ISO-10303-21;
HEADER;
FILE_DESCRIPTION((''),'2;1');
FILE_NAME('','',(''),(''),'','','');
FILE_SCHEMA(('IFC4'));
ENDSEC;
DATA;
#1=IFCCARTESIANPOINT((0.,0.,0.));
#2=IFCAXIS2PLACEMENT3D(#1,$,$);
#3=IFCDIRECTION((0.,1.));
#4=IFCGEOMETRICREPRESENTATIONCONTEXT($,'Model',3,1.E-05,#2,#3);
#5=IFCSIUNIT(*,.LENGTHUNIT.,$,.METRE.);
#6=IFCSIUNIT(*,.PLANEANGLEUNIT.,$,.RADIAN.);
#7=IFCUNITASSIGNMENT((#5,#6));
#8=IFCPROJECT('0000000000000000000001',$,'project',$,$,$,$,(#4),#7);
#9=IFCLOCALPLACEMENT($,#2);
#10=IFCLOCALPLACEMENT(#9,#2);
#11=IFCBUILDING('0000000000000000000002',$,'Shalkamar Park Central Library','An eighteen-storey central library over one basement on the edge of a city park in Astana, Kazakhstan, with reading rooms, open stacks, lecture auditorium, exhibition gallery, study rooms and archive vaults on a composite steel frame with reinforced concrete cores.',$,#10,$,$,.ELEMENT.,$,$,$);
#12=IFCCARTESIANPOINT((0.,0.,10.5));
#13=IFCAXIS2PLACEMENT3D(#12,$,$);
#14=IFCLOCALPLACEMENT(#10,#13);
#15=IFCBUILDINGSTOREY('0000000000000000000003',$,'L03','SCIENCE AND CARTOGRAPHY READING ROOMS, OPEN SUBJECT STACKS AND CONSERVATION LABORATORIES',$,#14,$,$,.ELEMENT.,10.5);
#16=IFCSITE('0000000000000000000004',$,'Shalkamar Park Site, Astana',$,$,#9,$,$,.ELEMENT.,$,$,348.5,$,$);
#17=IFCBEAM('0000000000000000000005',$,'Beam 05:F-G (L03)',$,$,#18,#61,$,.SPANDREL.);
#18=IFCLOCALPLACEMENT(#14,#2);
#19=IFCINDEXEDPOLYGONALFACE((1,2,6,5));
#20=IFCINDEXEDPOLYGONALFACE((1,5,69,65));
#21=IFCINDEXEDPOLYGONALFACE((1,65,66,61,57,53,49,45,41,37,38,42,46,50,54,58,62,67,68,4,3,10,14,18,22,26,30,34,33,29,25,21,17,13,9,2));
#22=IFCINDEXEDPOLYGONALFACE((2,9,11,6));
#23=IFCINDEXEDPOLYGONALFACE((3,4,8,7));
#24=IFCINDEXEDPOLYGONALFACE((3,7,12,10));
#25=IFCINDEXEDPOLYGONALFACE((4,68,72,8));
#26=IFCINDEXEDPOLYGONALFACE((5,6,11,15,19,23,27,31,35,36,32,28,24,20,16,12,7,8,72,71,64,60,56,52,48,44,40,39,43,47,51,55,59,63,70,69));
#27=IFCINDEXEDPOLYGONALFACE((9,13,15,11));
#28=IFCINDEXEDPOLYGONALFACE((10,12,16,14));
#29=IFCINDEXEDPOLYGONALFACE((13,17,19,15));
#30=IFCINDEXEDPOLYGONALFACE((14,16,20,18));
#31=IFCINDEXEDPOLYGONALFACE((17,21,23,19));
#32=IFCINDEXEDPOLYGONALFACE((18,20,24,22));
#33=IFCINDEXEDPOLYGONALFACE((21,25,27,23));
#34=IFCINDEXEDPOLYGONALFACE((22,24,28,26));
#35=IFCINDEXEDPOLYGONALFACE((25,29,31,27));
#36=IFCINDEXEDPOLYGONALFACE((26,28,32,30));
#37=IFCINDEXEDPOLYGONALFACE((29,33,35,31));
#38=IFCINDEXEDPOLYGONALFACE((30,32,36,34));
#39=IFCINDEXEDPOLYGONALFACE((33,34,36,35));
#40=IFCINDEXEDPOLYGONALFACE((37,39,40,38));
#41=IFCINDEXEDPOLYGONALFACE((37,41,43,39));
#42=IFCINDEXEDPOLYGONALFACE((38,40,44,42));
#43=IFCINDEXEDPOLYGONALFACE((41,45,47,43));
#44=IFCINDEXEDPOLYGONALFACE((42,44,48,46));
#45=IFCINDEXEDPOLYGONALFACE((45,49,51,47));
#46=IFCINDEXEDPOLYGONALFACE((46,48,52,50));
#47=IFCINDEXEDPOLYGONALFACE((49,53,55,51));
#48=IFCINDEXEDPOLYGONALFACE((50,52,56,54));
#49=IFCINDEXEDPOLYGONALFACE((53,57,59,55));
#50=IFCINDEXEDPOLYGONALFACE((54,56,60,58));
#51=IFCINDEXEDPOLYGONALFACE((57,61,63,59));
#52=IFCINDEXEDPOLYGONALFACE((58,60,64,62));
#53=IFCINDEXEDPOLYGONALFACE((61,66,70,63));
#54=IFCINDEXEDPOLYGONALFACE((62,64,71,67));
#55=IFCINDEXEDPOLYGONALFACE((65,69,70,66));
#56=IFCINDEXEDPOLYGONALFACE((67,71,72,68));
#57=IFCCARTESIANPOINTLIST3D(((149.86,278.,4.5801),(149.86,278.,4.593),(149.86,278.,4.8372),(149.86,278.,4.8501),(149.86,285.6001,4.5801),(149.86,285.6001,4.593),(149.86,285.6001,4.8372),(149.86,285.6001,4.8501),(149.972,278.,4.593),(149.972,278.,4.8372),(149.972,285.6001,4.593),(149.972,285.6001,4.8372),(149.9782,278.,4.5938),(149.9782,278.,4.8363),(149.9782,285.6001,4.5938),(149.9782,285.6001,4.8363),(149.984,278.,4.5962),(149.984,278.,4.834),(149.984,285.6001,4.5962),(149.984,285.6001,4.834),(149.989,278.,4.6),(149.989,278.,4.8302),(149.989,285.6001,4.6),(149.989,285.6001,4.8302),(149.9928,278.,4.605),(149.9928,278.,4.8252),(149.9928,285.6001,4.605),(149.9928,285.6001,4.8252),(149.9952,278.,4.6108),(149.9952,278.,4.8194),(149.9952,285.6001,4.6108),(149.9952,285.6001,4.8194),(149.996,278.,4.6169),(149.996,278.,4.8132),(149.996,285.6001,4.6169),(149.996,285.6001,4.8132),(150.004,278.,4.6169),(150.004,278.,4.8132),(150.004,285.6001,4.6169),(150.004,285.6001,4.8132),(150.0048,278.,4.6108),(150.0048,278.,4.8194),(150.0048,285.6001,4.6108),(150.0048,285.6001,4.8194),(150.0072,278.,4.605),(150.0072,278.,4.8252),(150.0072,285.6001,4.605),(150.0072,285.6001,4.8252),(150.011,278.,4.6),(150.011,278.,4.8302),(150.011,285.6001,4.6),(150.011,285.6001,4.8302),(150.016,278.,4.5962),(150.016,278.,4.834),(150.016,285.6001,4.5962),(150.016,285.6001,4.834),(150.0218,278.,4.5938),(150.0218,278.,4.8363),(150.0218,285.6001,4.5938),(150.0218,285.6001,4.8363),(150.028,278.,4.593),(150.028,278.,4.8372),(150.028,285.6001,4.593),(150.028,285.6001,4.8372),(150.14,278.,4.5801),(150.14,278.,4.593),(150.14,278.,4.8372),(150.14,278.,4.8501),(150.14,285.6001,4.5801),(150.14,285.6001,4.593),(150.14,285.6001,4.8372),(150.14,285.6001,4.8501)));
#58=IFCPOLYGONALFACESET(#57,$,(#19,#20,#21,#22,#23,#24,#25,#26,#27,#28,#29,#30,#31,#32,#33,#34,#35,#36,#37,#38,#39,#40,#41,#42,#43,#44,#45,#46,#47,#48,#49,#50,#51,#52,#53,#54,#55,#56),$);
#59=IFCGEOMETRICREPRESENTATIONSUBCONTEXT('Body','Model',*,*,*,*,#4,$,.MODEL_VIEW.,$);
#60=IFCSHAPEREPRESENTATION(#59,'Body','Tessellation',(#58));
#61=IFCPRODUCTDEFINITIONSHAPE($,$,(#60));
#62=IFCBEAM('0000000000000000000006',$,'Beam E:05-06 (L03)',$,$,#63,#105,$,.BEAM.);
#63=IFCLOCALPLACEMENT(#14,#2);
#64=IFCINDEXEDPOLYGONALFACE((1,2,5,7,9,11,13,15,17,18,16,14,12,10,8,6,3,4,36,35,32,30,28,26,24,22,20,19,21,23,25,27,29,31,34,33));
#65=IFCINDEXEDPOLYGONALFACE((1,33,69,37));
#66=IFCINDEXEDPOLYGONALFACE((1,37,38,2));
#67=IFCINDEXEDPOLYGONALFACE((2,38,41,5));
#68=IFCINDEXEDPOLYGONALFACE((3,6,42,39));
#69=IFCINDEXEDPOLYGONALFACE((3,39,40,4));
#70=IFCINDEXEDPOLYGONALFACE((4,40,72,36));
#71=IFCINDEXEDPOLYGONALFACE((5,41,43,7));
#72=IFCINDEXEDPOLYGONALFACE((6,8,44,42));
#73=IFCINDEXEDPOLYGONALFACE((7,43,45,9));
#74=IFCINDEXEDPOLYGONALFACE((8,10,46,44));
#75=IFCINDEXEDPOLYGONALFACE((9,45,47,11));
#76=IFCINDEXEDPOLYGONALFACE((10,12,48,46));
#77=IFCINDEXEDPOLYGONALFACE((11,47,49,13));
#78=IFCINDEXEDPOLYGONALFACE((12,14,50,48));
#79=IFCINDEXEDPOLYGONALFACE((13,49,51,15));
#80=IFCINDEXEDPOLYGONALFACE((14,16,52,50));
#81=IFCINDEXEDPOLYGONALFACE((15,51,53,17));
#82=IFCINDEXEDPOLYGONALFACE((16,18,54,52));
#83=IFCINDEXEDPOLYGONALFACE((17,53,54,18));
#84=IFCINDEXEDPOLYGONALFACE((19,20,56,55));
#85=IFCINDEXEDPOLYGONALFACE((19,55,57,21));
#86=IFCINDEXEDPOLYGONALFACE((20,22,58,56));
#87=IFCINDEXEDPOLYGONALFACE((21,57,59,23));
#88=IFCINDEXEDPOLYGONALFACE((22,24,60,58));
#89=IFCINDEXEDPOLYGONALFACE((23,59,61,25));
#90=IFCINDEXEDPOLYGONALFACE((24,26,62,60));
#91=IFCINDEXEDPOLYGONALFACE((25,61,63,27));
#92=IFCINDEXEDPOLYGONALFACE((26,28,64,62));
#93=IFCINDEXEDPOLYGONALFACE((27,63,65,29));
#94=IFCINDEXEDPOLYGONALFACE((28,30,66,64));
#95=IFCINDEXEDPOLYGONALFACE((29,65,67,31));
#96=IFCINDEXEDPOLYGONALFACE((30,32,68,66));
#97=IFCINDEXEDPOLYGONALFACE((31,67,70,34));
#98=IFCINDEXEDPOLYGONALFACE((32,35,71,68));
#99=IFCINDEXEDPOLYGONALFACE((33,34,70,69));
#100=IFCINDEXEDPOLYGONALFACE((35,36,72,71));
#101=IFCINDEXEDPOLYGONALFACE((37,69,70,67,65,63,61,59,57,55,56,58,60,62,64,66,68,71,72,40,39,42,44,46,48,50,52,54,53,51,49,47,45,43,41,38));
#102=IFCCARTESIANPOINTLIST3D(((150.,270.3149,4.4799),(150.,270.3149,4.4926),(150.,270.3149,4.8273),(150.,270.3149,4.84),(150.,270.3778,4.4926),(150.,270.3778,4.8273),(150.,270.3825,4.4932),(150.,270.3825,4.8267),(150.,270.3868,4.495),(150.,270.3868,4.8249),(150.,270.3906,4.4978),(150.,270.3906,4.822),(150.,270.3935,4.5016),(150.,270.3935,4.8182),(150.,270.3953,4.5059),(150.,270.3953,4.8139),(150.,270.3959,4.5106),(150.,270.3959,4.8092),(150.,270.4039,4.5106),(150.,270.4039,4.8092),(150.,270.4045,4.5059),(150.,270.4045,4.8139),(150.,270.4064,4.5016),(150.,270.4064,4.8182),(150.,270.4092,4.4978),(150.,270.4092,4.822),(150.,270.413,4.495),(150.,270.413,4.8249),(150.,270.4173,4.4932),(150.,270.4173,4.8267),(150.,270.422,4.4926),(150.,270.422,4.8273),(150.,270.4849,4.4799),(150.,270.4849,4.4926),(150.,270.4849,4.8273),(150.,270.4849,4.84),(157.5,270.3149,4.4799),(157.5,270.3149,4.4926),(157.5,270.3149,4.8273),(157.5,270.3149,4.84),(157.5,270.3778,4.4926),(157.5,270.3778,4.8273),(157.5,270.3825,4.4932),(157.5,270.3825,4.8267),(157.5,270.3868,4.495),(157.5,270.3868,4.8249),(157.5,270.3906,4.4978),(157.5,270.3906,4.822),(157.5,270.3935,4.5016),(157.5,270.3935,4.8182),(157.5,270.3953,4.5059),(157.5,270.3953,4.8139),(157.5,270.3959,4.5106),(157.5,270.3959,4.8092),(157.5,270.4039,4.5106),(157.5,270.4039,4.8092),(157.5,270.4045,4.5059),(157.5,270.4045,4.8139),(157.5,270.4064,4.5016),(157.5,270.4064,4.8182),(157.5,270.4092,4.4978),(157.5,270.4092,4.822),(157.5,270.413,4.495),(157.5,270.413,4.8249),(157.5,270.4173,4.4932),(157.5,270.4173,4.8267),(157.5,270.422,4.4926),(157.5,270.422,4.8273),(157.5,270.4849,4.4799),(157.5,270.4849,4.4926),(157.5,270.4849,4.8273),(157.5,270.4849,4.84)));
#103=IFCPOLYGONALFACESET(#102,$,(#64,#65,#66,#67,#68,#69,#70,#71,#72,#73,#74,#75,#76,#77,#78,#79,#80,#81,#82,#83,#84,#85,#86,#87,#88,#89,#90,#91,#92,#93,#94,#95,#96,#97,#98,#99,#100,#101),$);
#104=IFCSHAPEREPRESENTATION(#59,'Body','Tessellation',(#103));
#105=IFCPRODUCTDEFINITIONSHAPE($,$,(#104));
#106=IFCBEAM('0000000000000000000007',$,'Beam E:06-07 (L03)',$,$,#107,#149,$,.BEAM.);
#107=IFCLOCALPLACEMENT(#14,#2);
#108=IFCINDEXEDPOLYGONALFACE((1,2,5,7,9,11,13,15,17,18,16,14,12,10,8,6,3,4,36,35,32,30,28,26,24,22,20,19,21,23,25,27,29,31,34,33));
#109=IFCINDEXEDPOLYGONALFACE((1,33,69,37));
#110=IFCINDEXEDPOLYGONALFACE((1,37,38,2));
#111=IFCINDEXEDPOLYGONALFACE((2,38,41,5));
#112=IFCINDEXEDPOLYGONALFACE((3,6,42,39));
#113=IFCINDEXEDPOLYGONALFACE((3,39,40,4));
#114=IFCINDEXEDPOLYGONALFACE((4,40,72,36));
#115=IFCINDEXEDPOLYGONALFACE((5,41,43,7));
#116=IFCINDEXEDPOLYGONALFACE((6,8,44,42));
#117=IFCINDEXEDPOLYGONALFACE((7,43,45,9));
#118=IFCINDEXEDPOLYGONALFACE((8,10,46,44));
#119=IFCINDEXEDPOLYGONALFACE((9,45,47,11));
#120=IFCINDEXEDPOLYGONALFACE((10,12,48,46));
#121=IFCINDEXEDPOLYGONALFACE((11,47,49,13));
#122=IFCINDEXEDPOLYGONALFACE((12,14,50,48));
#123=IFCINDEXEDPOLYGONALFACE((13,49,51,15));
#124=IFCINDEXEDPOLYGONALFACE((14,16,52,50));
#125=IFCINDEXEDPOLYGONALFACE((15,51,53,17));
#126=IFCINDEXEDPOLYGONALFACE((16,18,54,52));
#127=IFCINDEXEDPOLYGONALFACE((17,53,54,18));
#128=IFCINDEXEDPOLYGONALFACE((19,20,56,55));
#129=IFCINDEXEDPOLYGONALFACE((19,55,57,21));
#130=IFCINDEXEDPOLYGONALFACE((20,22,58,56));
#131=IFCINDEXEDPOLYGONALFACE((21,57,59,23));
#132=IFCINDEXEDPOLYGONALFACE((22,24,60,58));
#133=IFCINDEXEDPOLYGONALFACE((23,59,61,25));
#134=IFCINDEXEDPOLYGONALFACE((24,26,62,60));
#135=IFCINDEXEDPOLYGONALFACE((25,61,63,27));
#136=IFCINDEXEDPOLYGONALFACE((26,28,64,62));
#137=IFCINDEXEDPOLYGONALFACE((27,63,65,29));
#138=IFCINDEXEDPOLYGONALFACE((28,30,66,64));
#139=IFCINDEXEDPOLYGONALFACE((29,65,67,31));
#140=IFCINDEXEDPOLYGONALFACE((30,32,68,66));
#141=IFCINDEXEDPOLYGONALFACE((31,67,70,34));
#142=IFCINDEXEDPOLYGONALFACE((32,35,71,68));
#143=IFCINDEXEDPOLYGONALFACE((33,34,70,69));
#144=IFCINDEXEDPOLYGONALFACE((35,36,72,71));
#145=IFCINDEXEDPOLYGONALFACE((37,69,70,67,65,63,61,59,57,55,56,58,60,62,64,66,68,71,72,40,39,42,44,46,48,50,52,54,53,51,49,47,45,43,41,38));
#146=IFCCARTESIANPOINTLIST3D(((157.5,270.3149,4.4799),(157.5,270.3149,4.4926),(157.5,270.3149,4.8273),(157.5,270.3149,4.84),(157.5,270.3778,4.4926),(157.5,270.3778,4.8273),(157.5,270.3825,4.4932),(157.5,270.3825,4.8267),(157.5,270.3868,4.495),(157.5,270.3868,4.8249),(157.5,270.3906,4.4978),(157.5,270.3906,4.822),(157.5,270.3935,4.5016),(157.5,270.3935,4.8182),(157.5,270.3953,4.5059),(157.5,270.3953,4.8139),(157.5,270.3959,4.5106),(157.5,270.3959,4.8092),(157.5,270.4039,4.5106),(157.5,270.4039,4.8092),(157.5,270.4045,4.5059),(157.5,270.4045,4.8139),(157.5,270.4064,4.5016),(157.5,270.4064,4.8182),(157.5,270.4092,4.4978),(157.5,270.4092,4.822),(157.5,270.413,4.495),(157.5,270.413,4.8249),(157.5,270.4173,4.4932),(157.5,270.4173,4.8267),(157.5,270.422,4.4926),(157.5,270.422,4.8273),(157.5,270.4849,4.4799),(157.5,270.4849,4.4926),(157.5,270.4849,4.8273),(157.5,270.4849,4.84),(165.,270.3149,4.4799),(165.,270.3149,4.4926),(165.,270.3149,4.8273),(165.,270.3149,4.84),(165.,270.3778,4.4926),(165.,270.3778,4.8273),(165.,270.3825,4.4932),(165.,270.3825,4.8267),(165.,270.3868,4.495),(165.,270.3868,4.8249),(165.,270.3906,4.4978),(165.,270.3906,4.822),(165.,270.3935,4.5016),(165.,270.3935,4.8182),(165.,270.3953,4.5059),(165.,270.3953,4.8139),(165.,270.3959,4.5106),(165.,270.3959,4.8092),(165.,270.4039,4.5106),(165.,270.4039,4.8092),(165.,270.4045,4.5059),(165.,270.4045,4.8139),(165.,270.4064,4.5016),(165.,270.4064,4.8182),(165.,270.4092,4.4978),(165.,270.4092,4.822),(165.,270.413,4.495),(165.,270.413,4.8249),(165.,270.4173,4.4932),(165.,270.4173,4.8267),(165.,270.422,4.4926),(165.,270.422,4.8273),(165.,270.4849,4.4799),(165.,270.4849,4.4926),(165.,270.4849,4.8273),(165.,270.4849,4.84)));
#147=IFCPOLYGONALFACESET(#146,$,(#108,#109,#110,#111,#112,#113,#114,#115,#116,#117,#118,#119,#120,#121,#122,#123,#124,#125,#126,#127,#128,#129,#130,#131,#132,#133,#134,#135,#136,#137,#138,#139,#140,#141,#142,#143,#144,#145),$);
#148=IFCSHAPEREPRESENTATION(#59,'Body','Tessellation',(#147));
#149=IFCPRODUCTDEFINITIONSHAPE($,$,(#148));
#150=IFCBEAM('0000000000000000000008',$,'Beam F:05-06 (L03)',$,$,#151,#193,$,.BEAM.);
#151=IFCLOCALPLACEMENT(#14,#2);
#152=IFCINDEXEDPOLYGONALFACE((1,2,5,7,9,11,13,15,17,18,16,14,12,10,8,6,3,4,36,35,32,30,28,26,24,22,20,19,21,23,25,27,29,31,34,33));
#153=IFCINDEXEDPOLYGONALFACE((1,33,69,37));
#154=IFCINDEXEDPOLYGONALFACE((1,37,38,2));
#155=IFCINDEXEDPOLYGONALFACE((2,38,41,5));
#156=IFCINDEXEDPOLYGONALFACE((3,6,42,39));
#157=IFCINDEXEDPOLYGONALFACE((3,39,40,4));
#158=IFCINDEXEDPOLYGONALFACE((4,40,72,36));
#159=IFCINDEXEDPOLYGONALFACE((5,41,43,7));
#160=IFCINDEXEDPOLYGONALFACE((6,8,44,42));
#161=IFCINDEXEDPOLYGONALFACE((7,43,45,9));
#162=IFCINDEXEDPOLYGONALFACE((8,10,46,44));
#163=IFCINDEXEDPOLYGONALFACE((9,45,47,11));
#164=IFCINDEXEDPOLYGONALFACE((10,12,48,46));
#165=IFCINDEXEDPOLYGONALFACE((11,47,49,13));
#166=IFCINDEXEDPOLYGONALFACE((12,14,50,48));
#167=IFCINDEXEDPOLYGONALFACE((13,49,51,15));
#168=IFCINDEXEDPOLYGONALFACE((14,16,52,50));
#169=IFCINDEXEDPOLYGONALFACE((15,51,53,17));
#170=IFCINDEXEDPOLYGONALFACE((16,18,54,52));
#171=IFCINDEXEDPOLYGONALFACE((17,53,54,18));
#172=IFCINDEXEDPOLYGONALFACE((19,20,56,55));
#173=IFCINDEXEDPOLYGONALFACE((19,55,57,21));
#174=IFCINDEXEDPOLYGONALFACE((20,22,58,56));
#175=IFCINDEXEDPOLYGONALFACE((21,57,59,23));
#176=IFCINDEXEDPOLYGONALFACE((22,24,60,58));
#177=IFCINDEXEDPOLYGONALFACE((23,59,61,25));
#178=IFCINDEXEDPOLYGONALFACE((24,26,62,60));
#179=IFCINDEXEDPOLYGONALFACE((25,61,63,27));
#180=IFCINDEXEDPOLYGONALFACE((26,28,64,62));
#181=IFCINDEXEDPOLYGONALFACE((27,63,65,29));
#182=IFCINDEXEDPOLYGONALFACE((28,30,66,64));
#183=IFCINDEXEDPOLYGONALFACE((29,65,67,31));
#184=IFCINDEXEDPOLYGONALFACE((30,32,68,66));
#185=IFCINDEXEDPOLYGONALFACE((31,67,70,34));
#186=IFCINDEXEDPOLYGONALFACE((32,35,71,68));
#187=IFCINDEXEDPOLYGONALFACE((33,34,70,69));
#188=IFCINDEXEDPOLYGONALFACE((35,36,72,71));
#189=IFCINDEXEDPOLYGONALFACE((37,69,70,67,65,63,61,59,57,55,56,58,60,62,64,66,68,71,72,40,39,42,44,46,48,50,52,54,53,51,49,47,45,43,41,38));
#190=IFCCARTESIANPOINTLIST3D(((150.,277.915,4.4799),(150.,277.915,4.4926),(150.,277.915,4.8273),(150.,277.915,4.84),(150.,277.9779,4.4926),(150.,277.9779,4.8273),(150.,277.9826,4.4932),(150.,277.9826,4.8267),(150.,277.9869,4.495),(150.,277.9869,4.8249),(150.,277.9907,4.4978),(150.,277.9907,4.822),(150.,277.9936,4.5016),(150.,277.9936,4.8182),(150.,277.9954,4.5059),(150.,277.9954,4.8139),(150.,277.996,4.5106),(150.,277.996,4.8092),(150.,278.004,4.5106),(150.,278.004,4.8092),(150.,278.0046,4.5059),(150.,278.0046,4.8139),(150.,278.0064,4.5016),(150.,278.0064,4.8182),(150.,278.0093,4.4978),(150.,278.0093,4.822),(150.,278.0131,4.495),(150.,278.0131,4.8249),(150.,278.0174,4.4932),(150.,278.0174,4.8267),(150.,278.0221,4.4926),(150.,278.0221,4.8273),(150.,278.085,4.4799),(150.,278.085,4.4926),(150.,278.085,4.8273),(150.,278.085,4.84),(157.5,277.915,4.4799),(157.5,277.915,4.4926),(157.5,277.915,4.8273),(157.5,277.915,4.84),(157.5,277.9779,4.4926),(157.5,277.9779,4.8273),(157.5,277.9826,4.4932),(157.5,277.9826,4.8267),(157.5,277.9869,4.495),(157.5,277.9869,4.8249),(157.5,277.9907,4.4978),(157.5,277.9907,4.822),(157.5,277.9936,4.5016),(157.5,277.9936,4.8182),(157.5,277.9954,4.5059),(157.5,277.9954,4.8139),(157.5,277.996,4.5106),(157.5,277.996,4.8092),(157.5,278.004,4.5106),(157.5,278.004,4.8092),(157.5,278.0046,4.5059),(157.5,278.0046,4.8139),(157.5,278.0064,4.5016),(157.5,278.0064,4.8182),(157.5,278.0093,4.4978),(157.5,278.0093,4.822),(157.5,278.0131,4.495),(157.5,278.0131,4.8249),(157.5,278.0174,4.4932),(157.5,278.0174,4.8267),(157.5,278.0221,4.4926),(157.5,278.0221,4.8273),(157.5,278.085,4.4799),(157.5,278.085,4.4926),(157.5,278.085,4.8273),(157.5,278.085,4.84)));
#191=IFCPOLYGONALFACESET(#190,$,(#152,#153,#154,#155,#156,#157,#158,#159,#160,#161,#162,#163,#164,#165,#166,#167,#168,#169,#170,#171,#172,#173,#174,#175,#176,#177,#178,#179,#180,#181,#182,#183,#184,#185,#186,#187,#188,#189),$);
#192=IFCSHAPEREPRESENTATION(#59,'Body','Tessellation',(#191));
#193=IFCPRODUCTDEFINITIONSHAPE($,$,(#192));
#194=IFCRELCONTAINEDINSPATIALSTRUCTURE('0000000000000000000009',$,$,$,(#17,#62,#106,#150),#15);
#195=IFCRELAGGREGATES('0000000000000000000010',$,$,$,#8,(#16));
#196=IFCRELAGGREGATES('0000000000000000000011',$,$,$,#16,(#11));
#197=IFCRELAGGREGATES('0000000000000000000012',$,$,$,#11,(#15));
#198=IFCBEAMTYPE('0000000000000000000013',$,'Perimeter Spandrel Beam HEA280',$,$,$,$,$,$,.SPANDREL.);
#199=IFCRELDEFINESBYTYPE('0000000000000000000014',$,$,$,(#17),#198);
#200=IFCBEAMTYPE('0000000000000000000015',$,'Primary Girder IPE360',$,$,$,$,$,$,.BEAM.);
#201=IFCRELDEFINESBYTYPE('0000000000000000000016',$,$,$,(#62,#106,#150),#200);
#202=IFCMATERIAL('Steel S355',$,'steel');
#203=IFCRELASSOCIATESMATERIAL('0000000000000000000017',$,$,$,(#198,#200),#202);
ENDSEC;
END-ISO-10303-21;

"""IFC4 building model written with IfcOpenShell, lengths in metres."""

from ifc_helpers import new_model, si_unit, direction, frame, origin, origin_2d, place, context, subcontext, project, spatial, i_section, extrude, material, material_profile, profile_set, type_object, element, save


model = new_model("IFC4")

# Units and contexts
model_context = context("Model", 3, precision=1e-05, world=origin(), true_north=direction((0.0, 1.0)))
body_context = subcontext(model_context, "Body", "Model", "MODEL_VIEW")
ifc_project = project(units=[si_unit("LENGTHUNIT", "METRE"), si_unit("PLANEANGLEUNIT", "RADIAN")], contexts=[model_context])

# Site, building, storey
site_placement = place(None, origin())
site = spatial("IfcSite", under=ifc_project, at=site_placement, Name="Shalkamar Park Site, Astana", CompositionType="ELEMENT", RefElevation=348.5)
building_placement = place(site_placement, origin())
building = spatial("IfcBuilding", under=site, at=building_placement, Name="Shalkamar Park Central Library", Description="An eighteen-storey central library over one basement on the edge of a city park in Astana, Kazakhstan, with reading rooms, open stacks, lecture auditorium, exhibition gallery, study rooms and archive vaults on a composite steel frame with reinforced concrete cores.", CompositionType="ELEMENT")
storey_placement = place(building_placement, frame((0.0, 0.0, 10.5)))
storey = spatial("IfcBuildingStorey", under=building, at=storey_placement, Name="L03", Description="SCIENCE AND CARTOGRAPHY READING ROOMS, OPEN SUBJECT STACKS AND CONSERVATION LABORATORIES", CompositionType="ELEMENT", Elevation=10.5)

# Shared definitions
ifc_material_1 = material(Name="Steel S355", Category="steel")

# Beams
ifc_material_profile_1 = material_profile(ifc_material_1, i_section(OverallWidth=0.28, OverallDepth=0.27, WebThickness=0.0081, FlangeThickness=0.0129, FilletRadius=0.0239, at=origin_2d()), Name="HEA 280")
ifc_profile_set_1 = profile_set([ifc_material_profile_1], Name="Steel S355")
beam_type_1 = type_object("IfcBeamType", Name="Perimeter Spandrel Beam HEA280", PredefinedType="SPANDREL", material=ifc_profile_set_1)
for number, where, z_axis, x_axis, name in (
    (1, (150.0, 278.0, 4.7151), (0.0, 1.0, 0.0), (-1.0, 0.0, 0.0), "Beam 05:F-G (L03)"),
):
    element("IfcBeam", number, at=place(storey_placement, frame(where, z_axis=z_axis, x_axis=x_axis)), inside=storey, type_object=beam_type_1, Name=name, PredefinedType="SPANDREL", context=body_context, shape_type="SweptSolid", body=[
        extrude(i_section(OverallWidth=0.28, OverallDepth=0.27, WebThickness=0.0081, FlangeThickness=0.0129, FilletRadius=0.0239, at=origin_2d()), origin(), (0.0, 0.0, 1.0), 7.6001),
    ])
ifc_material_profile_2 = material_profile(ifc_material_1, i_section(OverallWidth=0.1699, OverallDepth=0.3601, WebThickness=0.0081, FlangeThickness=0.0127, FilletRadius=0.0181, at=origin_2d()), Name="IPE 360")
ifc_profile_set_2 = profile_set([ifc_material_profile_2], Name="Steel S355")
beam_type_2 = type_object("IfcBeamType", Name="Primary Girder IPE360", PredefinedType="BEAM", material=ifc_profile_set_2)
for number, where, z_axis, x_axis, name in (
    (2, (150.0, 270.3999, 4.6599), (1.0, 0.0, 0.0), (0.0, 1.0, 0.0), "Beam E:05-06 (L03)"),
    (3, (157.5, 270.3999, 4.6599), (1.0, 0.0, 0.0), (0.0, 1.0, 0.0), "Beam E:06-07 (L03)"),
    (4, (150.0, 278.0, 4.6599), (1.0, 0.0, 0.0), (0.0, 1.0, 0.0), "Beam F:05-06 (L03)"),
):
    element("IfcBeam", number, at=place(storey_placement, frame(where, z_axis=z_axis, x_axis=x_axis)), inside=storey, type_object=beam_type_2, Name=name, PredefinedType="BEAM", context=body_context, shape_type="SweptSolid", body=[
        extrude(i_section(OverallWidth=0.1699, OverallDepth=0.3601, WebThickness=0.0081, FlangeThickness=0.0127, FilletRadius=0.0181, at=origin_2d()), origin(), (0.0, 0.0, 1.0), 7.5),
    ])

save(model, "model.ifc")
